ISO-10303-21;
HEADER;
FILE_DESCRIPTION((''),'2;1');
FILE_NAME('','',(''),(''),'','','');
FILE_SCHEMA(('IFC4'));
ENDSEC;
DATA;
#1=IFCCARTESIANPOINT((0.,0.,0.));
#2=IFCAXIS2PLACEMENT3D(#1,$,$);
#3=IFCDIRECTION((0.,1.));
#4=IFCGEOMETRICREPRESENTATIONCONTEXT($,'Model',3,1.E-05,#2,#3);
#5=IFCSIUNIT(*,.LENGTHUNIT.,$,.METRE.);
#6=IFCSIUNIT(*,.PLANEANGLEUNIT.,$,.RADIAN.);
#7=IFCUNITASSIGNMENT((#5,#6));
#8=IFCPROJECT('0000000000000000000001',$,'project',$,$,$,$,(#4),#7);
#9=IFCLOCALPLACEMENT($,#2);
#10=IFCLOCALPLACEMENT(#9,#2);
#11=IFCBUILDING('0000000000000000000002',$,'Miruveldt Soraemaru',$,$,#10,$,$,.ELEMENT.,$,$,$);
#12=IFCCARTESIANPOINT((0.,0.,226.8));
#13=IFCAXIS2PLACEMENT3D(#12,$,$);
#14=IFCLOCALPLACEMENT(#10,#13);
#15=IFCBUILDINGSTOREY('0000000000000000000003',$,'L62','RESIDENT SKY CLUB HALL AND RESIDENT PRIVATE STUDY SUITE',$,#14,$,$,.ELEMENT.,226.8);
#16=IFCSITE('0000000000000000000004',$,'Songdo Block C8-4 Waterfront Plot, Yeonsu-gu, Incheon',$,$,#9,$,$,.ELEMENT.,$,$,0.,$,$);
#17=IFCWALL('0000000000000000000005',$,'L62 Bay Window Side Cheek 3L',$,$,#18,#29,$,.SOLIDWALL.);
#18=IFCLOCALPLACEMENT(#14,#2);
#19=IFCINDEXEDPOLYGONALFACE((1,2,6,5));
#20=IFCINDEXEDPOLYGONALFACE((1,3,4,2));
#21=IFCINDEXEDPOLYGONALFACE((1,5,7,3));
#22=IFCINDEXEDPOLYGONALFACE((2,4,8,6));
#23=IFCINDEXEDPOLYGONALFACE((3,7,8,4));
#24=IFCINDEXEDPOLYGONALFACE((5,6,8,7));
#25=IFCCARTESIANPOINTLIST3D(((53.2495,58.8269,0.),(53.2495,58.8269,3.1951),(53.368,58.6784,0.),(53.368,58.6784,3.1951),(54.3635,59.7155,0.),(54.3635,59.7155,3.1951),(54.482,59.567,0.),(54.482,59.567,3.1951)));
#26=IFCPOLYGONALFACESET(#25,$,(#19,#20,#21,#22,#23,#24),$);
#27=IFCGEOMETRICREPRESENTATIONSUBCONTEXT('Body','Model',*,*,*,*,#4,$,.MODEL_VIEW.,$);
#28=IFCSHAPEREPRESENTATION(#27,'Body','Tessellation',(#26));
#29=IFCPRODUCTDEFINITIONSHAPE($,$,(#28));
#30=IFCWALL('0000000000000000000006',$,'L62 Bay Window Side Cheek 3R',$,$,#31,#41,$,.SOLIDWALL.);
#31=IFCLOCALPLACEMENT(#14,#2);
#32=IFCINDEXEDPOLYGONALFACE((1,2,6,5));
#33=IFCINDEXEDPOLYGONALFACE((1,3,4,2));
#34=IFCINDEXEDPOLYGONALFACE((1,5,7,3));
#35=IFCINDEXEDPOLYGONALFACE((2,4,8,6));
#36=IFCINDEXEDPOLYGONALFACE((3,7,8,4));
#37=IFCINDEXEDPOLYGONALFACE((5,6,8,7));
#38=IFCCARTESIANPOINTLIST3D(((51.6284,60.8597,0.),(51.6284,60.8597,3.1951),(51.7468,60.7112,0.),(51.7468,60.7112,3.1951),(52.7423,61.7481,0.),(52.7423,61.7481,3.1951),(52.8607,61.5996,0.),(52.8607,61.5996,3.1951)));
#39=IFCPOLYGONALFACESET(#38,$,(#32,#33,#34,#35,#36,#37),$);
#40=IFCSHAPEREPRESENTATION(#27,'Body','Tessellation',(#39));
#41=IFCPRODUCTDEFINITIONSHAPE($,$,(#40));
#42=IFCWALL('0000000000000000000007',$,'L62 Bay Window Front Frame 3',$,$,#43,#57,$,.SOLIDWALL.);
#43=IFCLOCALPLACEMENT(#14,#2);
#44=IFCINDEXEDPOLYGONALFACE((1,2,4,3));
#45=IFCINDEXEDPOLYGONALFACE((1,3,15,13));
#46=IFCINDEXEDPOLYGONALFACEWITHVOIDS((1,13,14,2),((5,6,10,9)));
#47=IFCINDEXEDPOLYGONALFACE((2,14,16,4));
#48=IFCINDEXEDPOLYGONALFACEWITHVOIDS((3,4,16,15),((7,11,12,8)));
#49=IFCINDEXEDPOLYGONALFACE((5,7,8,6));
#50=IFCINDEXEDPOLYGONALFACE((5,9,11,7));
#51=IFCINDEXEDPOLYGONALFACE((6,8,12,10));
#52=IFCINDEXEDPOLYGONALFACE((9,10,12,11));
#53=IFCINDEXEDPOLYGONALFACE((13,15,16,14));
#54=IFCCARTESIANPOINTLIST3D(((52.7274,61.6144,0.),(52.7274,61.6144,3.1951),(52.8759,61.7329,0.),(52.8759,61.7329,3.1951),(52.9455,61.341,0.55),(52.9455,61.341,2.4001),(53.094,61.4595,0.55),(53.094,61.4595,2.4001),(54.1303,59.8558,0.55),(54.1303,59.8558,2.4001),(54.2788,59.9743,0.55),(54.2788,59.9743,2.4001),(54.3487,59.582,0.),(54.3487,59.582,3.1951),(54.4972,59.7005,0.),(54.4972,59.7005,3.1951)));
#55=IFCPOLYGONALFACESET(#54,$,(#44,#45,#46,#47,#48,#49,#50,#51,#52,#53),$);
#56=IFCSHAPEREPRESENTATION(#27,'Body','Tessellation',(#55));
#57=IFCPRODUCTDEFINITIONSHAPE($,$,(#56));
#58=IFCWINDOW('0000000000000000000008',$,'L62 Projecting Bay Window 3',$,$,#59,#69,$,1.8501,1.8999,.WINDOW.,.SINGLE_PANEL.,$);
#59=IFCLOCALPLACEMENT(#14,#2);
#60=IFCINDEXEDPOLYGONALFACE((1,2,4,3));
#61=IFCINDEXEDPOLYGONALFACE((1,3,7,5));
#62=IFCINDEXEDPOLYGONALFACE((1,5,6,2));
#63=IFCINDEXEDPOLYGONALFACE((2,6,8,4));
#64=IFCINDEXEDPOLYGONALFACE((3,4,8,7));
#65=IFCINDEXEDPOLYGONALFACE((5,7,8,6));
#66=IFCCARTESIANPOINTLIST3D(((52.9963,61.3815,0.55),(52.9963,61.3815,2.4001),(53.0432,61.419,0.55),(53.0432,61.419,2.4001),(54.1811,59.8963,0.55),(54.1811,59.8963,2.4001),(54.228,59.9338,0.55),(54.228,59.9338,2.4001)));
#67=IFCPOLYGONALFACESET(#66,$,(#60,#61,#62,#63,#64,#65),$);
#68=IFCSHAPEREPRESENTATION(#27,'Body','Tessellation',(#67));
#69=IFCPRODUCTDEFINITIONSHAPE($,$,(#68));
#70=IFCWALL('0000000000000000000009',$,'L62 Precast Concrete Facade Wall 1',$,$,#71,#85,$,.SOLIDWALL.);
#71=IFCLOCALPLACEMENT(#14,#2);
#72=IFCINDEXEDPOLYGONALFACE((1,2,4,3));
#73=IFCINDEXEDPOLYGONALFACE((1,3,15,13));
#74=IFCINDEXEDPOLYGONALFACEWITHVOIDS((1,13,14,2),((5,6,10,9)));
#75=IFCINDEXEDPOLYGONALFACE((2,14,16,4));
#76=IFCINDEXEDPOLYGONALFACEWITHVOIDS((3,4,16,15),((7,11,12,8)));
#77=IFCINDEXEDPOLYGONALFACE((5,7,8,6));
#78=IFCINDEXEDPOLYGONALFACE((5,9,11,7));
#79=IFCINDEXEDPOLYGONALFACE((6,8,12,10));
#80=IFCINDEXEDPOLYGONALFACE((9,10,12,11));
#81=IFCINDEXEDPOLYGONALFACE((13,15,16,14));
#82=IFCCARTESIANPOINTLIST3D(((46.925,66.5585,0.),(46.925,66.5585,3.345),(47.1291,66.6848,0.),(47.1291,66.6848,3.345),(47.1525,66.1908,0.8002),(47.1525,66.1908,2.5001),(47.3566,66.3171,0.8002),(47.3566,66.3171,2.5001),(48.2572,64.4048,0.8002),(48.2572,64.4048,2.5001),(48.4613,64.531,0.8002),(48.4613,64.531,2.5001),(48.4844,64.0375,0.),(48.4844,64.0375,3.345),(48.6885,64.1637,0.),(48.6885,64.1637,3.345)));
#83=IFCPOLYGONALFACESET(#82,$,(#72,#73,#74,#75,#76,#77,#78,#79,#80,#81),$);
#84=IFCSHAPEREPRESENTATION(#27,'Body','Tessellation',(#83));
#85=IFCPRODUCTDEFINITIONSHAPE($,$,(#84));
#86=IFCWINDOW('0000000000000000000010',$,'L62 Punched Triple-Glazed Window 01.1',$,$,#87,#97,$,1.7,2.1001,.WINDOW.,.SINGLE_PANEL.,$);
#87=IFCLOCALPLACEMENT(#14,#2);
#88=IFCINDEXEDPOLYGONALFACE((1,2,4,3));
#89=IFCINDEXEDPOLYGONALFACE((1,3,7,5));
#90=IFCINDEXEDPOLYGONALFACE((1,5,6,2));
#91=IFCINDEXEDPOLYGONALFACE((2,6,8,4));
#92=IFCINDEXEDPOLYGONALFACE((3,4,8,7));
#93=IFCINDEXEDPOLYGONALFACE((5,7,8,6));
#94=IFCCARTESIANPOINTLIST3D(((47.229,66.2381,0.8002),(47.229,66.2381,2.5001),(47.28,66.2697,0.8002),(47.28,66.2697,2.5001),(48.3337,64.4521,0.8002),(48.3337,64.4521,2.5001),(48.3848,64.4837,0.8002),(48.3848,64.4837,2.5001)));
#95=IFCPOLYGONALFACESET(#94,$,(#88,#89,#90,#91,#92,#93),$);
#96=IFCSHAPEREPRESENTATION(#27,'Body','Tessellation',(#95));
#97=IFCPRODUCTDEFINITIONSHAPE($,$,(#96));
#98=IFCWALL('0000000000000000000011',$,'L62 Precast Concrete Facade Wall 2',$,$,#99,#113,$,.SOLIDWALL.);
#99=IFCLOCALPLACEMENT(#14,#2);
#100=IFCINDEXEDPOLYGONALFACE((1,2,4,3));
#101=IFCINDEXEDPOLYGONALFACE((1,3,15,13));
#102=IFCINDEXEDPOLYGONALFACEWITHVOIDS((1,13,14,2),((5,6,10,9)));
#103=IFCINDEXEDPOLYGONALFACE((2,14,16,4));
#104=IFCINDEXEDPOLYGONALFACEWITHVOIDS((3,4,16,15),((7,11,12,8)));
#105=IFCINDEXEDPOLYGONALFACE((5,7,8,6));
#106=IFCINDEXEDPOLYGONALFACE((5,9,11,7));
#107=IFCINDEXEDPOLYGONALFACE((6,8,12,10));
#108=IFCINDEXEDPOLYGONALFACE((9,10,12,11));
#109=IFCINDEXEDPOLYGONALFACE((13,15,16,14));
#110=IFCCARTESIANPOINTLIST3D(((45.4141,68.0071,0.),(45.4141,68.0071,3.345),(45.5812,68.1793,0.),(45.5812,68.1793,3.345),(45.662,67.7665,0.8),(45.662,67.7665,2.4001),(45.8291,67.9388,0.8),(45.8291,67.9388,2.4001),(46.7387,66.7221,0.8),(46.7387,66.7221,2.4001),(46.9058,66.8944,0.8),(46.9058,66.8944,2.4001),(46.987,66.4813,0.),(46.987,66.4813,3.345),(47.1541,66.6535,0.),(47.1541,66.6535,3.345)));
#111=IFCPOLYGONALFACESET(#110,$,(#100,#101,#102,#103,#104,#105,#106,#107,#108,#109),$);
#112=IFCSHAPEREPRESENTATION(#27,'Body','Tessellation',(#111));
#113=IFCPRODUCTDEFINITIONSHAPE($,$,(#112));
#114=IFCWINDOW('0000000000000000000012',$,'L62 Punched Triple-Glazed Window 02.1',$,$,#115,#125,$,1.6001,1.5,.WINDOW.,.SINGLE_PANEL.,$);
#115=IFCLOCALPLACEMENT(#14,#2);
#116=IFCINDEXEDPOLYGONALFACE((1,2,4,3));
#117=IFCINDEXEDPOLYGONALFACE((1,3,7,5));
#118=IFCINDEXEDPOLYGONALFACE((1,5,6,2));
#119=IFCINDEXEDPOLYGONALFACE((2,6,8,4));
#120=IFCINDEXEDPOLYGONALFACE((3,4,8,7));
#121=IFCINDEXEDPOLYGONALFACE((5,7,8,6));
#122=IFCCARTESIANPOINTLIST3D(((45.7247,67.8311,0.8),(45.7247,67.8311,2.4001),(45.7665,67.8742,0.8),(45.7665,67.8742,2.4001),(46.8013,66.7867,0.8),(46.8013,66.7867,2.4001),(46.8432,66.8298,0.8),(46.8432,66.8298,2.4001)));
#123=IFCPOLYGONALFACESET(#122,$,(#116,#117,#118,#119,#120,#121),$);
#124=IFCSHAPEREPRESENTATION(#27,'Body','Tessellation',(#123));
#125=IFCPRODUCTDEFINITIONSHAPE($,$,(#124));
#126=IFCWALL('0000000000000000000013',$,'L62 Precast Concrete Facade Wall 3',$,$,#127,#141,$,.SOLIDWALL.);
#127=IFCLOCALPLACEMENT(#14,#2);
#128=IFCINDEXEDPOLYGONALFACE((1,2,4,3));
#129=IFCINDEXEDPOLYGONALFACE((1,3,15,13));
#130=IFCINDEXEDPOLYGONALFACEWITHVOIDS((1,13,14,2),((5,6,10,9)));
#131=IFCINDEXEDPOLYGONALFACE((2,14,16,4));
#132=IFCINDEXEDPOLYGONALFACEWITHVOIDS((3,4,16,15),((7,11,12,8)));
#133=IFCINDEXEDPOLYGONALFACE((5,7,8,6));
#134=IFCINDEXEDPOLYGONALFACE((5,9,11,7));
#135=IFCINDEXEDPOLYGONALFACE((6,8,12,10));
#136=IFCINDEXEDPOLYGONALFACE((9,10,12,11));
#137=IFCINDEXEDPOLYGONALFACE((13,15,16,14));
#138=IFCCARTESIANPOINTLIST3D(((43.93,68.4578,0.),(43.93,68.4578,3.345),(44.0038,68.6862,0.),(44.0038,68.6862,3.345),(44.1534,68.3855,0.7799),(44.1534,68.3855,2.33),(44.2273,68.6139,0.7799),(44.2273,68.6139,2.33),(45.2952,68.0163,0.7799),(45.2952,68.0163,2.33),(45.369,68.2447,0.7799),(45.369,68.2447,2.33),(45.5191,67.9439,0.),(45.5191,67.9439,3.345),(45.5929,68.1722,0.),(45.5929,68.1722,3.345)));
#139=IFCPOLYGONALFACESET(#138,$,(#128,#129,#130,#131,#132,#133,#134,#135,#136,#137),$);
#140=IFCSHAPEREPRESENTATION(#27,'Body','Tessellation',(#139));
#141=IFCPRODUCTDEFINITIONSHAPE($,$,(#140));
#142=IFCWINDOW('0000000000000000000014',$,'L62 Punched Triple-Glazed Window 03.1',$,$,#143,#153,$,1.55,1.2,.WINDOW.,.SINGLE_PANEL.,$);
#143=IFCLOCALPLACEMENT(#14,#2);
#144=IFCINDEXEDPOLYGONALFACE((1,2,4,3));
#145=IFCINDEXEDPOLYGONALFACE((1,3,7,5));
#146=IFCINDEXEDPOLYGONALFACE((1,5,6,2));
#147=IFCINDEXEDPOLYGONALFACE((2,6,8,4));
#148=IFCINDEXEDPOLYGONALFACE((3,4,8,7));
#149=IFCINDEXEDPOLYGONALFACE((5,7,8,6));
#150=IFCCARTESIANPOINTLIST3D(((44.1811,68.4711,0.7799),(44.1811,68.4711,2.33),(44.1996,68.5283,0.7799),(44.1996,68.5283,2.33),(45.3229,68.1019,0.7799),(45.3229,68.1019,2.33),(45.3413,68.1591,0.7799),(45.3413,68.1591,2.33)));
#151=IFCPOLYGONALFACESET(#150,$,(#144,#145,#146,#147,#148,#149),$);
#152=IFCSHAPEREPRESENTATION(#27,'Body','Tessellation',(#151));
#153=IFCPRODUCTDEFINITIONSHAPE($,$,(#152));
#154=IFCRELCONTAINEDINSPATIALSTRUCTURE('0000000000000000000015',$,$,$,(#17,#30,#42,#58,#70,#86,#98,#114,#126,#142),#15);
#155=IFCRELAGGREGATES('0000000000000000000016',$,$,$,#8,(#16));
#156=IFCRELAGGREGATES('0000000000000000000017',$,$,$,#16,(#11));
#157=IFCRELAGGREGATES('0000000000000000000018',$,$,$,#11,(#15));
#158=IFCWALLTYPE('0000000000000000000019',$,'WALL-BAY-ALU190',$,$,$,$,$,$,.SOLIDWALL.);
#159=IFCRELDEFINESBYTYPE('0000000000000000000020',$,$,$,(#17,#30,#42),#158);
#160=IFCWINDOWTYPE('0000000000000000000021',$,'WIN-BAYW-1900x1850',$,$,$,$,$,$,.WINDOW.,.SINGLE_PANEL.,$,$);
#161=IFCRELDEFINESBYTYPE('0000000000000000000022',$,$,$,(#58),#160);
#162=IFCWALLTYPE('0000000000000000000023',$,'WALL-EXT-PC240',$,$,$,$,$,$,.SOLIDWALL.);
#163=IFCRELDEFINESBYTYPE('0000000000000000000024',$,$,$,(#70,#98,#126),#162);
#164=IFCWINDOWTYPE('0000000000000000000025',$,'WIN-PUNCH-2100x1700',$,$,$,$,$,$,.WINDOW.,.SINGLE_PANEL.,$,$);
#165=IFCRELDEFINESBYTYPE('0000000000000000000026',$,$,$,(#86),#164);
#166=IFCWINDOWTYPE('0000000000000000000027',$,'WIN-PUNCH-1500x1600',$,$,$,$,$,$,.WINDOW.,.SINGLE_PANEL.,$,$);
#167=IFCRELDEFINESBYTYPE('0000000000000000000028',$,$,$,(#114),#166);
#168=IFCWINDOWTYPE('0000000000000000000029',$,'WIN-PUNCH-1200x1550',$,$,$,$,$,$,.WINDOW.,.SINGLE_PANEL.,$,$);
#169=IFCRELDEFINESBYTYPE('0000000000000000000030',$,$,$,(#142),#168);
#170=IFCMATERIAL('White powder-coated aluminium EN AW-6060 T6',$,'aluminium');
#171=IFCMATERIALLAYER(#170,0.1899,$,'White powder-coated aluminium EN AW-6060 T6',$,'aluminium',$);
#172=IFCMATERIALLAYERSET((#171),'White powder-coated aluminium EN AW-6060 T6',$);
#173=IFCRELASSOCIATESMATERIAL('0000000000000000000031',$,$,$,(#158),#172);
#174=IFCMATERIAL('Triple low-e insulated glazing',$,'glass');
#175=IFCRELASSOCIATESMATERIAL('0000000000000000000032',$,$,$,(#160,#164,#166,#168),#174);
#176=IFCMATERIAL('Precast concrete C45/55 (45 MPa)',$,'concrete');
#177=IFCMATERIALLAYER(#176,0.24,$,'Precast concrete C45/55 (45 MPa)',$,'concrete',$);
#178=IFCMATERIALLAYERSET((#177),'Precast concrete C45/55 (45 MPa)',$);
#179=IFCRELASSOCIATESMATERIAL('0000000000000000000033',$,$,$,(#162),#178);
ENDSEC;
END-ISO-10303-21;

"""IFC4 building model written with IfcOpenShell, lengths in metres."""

from ifc_helpers import new_model, si_unit, direction, frame, frame_2d, origin, place, context, subcontext, project, spatial, rectangle, extrude, material, layer, layer_set, type_object, element, fill, save


model = new_model("IFC4")

# Units and contexts
model_context = context("Model", 3, precision=1e-05, world=origin(), true_north=direction((0.0, 1.0)))
body_context = subcontext(model_context, "Body", "Model", "MODEL_VIEW")
ifc_project = project(units=[si_unit("LENGTHUNIT", "METRE"), si_unit("PLANEANGLEUNIT", "RADIAN")], contexts=[model_context])

# Site, building, storey
site_placement = place(None, origin())
site = spatial("IfcSite", under=ifc_project, at=site_placement, Name="Songdo Block C8-4 Waterfront Plot, Yeonsu-gu, Incheon", CompositionType="ELEMENT", RefElevation=0.0)
building_placement = place(site_placement, origin())
building = spatial("IfcBuilding", under=site, at=building_placement, Name="Miruveldt Soraemaru", CompositionType="ELEMENT")
storey_placement = place(building_placement, frame((0.0, 0.0, 226.8)))
storey = spatial("IfcBuildingStorey", under=building, at=storey_placement, Name="L62", Description="RESIDENT SKY CLUB HALL AND RESIDENT PRIVATE STUDY SUITE", CompositionType="ELEMENT", Elevation=226.8)

# Walls
ifc_material_1 = material(Name="White powder-coated aluminium EN AW-6060 T6", Category="aluminium")
ifc_layer_1 = layer(ifc_material_1, 0.1899, Name="White powder-coated aluminium EN AW-6060 T6", Category="aluminium")
ifc_layer_set_1 = layer_set([ifc_layer_1], Name="White powder-coated aluminium EN AW-6060 T6")
wall_type_1 = type_object("IfcWallType", Name="WALL-BAY-ALU190", PredefinedType="SOLIDWALL", material=ifc_layer_set_1)
wall_1_placement = place(storey_placement, frame((53.3088, 58.7527, 0.0), z_axis=(0.0, 0.0, 1.0), x_axis=(0.781737, 0.623608, 0.0)))
element("IfcWall", 1, at=wall_1_placement, inside=storey, type_object=wall_type_1, Name="L62 Bay Window Side Cheek 3L", PredefinedType="SOLIDWALL", context=body_context, shape_type="SweptSolid", body=[
    extrude(rectangle(XDim=1.425, YDim=0.1899, at=frame_2d((0.7124, 0.0))), origin(), (0.0, 0.0, 1.0), 3.1951),
])
wall_2_placement = place(storey_placement, frame((52.8015, 61.6738, 0.0), z_axis=(0.0, 0.0, 1.0), x_axis=(-0.781821, -0.623503, 0.0)))
element("IfcWall", 2, at=wall_2_placement, inside=storey, type_object=wall_type_1, Name="L62 Bay Window Side Cheek 3R", PredefinedType="SOLIDWALL", context=body_context, shape_type="SweptSolid", body=[
    extrude(rectangle(XDim=1.4248, YDim=0.1899, at=frame_2d((0.7124, 0.0))), origin(), (0.0, 0.0, 1.0), 3.1951),
])

# Walls, openings, windows
wall_3_placement = place(storey_placement, frame((54.4229, 59.6414, 0.0), z_axis=(0.0, 0.0, 1.0), x_axis=(-0.623607, 0.781738, 0.0)))
wall_3 = element("IfcWall", 3, at=wall_3_placement, inside=storey, type_object=wall_type_1, Name="L62 Bay Window Front Frame 3", PredefinedType="SOLIDWALL", context=body_context, shape_type="SweptSolid", body=[
    extrude(rectangle(XDim=2.5999, YDim=0.1899, at=frame_2d((1.2998, 0.0))), origin(), (0.0, 0.0, 1.0), 3.1951),
])
opening_1_placement = place(wall_3_placement, frame((0.3501, 0.0, 0.55)))
opening_1 = element("IfcOpeningElement", 4, at=opening_1_placement, cuts=wall_3, PredefinedType="OPENING", context=body_context, shape_type="SweptSolid", body=[
    extrude(rectangle(XDim=1.8999, YDim=1.8501, at=frame_2d((0.95, 0.925))), frame((0.0, 0.105, 0.0), z_axis=(0.0, -1.0, 0.0), x_axis=(1.0, 0.0, 0.0)), (0.0, 0.0, 1.0), 0.21),
])
ifc_material_2 = material(Name="Triple low-e insulated glazing", Category="glass")
window_type_1 = type_object("IfcWindowType", Name="WIN-BAYW-1900x1850", PartitioningType="SINGLE_PANEL", PredefinedType="WINDOW", material=ifc_material_2)
window_1_placement = place(opening_1_placement, origin())
window_1 = element("IfcWindow", 5, at=window_1_placement, inside=storey, type_object=window_type_1, Name="L62 Projecting Bay Window 3", OverallHeight=1.8501, OverallWidth=1.8999, PartitioningType="SINGLE_PANEL", PredefinedType="WINDOW", context=body_context, shape_type="SweptSolid", body=[
    extrude(rectangle(XDim=1.8999, YDim=1.8501, at=frame_2d((0.95, 0.925))), frame((0.0, 0.03, 0.0), z_axis=(0.0, -1.0, 0.0), x_axis=(1.0, 0.0, 0.0)), (0.0, 0.0, 1.0), 0.0601),
])
fill(opening_1, window_1)
ifc_material_3 = material(Name="Precast concrete C45/55 (45 MPa)", Category="concrete")
ifc_layer_2 = layer(ifc_material_3, 0.24, Name="Precast concrete C45/55 (45 MPa)", Category="concrete")
ifc_layer_set_2 = layer_set([ifc_layer_2], Name="Precast concrete C45/55 (45 MPa)")
wall_type_2 = type_object("IfcWallType", Name="WALL-EXT-PC240", PredefinedType="SOLIDWALL", material=ifc_layer_set_2)
wall_4_placement = place(storey_placement, frame((48.5864, 64.1006, 0.0), z_axis=(0.0, 0.0, 1.0), x_axis=(-0.52604, 0.85046, 0.0)))
wall_4 = element("IfcWall", 6, at=wall_4_placement, inside=storey, type_object=wall_type_2, Name="L62 Precast Concrete Facade Wall 1", PredefinedType="SOLIDWALL", context=body_context, shape_type="SweptSolid", body=[
    extrude(rectangle(XDim=2.9644, YDim=0.24, at=frame_2d((1.4822, 0.0))), origin(), (0.0, 0.0, 1.0), 3.345),
])
opening_2_placement = place(wall_4_placement, frame((0.4319, 0.0, 0.8)))
opening_2 = element("IfcOpeningElement", 7, at=opening_2_placement, cuts=wall_4, PredefinedType="OPENING", context=body_context, shape_type="SweptSolid", body=[
    extrude(rectangle(XDim=2.1001, YDim=1.7, at=frame_2d((1.05, 0.8501))), frame((0.0, 0.1299, 0.0), z_axis=(0.0, -1.0, 0.0), x_axis=(1.0, 0.0, 0.0)), (0.0, 0.0, 1.0), 0.26),
])
window_type_2 = type_object("IfcWindowType", Name="WIN-PUNCH-2100x1700", PartitioningType="SINGLE_PANEL", PredefinedType="WINDOW", material=ifc_material_2)
window_2_placement = place(opening_2_placement, origin())
window_2 = element("IfcWindow", 8, at=window_2_placement, inside=storey, type_object=window_type_2, Name="L62 Punched Triple-Glazed Window 01.1", OverallHeight=1.7, OverallWidth=2.1001, PartitioningType="SINGLE_PANEL", PredefinedType="WINDOW", context=body_context, shape_type="SweptSolid", body=[
    extrude(rectangle(XDim=2.1001, YDim=1.7, at=frame_2d((1.05, 0.8501))), frame((0.0, 0.03, 0.0), z_axis=(0.0, -1.0, 0.0), x_axis=(1.0, 0.0, 0.0)), (0.0, 0.0, 1.0), 0.0601),
])
fill(opening_2, window_2)
wall_5_placement = place(storey_placement, frame((47.0706, 66.5674, 0.0), z_axis=(0.0, 0.0, 1.0), x_axis=(-0.717776, 0.696275, 0.0)))
wall_5 = element("IfcWall", 9, at=wall_5_placement, inside=storey, type_object=wall_type_2, Name="L62 Precast Concrete Facade Wall 2", PredefinedType="SOLIDWALL", context=body_context, shape_type="SweptSolid", body=[
    extrude(rectangle(XDim=2.1914, YDim=0.24, at=frame_2d((1.0957, 0.0))), origin(), (0.0, 0.0, 1.0), 3.345),
])
opening_3_placement = place(wall_5_placement, frame((0.3459, 0.0, 0.8)))
opening_3 = element("IfcOpeningElement", 10, at=opening_3_placement, cuts=wall_5, PredefinedType="OPENING", context=body_context, shape_type="SweptSolid", body=[
    extrude(rectangle(XDim=1.5, YDim=1.6001, at=frame_2d((0.75, 0.8))), frame((0.0, 0.1299, 0.0), z_axis=(0.0, -1.0, 0.0), x_axis=(1.0, 0.0, 0.0)), (0.0, 0.0, 1.0), 0.26),
])
window_type_3 = type_object("IfcWindowType", Name="WIN-PUNCH-1500x1600", PartitioningType="SINGLE_PANEL", PredefinedType="WINDOW", material=ifc_material_2)
window_3_placement = place(opening_3_placement, origin())
window_3 = element("IfcWindow", 11, at=window_3_placement, inside=storey, type_object=window_type_3, Name="L62 Punched Triple-Glazed Window 02.1", OverallHeight=1.6001, OverallWidth=1.5, PartitioningType="SINGLE_PANEL", PredefinedType="WINDOW", context=body_context, shape_type="SweptSolid", body=[
    extrude(rectangle(XDim=1.5, YDim=1.6001, at=frame_2d((0.75, 0.8))), frame((0.0, 0.03, 0.0), z_axis=(0.0, -1.0, 0.0), x_axis=(1.0, 0.0, 0.0)), (0.0, 0.0, 1.0), 0.0601),
])
fill(opening_3, window_3)
wall_6_placement = place(storey_placement, frame((45.5559, 68.0581, 0.0), z_axis=(0.0, 0.0, 1.0), x_axis=(-0.951481, 0.307707, 0.0)))
wall_6 = element("IfcWall", 12, at=wall_6_placement, inside=storey, type_object=wall_type_2, Name="L62 Precast Concrete Facade Wall 3", PredefinedType="SOLIDWALL", context=body_context, shape_type="SweptSolid", body=[
    extrude(rectangle(XDim=1.6702, YDim=0.24, at=frame_2d((0.835, 0.0))), origin(), (0.0, 0.0, 1.0), 3.345),
])
opening_4_placement = place(wall_6_placement, frame((0.2351, 0.0, 0.78)))
opening_4 = element("IfcOpeningElement", 13, at=opening_4_placement, cuts=wall_6, PredefinedType="OPENING", context=body_context, shape_type="SweptSolid", body=[
    extrude(rectangle(XDim=1.2, YDim=1.55, at=frame_2d((0.6001, 0.7749))), frame((0.0, 0.1299, 0.0), z_axis=(0.0, -1.0, 0.0), x_axis=(1.0, 0.0, 0.0)), (0.0, 0.0, 1.0), 0.26),
])
window_type_4 = type_object("IfcWindowType", Name="WIN-PUNCH-1200x1550", PartitioningType="SINGLE_PANEL", PredefinedType="WINDOW", material=ifc_material_2)
window_4_placement = place(opening_4_placement, origin())
window_4 = element("IfcWindow", 14, at=window_4_placement, inside=storey, type_object=window_type_4, Name="L62 Punched Triple-Glazed Window 03.1", OverallHeight=1.55, OverallWidth=1.2, PartitioningType="SINGLE_PANEL", PredefinedType="WINDOW", context=body_context, shape_type="SweptSolid", body=[
    extrude(rectangle(XDim=1.2, YDim=1.55, at=frame_2d((0.6001, 0.7749))), frame((0.0, 0.03, 0.0), z_axis=(0.0, -1.0, 0.0), x_axis=(1.0, 0.0, 0.0)), (0.0, 0.0, 1.0), 0.0601),
])
fill(opening_4, window_4)

save(model, "model.ifc")
